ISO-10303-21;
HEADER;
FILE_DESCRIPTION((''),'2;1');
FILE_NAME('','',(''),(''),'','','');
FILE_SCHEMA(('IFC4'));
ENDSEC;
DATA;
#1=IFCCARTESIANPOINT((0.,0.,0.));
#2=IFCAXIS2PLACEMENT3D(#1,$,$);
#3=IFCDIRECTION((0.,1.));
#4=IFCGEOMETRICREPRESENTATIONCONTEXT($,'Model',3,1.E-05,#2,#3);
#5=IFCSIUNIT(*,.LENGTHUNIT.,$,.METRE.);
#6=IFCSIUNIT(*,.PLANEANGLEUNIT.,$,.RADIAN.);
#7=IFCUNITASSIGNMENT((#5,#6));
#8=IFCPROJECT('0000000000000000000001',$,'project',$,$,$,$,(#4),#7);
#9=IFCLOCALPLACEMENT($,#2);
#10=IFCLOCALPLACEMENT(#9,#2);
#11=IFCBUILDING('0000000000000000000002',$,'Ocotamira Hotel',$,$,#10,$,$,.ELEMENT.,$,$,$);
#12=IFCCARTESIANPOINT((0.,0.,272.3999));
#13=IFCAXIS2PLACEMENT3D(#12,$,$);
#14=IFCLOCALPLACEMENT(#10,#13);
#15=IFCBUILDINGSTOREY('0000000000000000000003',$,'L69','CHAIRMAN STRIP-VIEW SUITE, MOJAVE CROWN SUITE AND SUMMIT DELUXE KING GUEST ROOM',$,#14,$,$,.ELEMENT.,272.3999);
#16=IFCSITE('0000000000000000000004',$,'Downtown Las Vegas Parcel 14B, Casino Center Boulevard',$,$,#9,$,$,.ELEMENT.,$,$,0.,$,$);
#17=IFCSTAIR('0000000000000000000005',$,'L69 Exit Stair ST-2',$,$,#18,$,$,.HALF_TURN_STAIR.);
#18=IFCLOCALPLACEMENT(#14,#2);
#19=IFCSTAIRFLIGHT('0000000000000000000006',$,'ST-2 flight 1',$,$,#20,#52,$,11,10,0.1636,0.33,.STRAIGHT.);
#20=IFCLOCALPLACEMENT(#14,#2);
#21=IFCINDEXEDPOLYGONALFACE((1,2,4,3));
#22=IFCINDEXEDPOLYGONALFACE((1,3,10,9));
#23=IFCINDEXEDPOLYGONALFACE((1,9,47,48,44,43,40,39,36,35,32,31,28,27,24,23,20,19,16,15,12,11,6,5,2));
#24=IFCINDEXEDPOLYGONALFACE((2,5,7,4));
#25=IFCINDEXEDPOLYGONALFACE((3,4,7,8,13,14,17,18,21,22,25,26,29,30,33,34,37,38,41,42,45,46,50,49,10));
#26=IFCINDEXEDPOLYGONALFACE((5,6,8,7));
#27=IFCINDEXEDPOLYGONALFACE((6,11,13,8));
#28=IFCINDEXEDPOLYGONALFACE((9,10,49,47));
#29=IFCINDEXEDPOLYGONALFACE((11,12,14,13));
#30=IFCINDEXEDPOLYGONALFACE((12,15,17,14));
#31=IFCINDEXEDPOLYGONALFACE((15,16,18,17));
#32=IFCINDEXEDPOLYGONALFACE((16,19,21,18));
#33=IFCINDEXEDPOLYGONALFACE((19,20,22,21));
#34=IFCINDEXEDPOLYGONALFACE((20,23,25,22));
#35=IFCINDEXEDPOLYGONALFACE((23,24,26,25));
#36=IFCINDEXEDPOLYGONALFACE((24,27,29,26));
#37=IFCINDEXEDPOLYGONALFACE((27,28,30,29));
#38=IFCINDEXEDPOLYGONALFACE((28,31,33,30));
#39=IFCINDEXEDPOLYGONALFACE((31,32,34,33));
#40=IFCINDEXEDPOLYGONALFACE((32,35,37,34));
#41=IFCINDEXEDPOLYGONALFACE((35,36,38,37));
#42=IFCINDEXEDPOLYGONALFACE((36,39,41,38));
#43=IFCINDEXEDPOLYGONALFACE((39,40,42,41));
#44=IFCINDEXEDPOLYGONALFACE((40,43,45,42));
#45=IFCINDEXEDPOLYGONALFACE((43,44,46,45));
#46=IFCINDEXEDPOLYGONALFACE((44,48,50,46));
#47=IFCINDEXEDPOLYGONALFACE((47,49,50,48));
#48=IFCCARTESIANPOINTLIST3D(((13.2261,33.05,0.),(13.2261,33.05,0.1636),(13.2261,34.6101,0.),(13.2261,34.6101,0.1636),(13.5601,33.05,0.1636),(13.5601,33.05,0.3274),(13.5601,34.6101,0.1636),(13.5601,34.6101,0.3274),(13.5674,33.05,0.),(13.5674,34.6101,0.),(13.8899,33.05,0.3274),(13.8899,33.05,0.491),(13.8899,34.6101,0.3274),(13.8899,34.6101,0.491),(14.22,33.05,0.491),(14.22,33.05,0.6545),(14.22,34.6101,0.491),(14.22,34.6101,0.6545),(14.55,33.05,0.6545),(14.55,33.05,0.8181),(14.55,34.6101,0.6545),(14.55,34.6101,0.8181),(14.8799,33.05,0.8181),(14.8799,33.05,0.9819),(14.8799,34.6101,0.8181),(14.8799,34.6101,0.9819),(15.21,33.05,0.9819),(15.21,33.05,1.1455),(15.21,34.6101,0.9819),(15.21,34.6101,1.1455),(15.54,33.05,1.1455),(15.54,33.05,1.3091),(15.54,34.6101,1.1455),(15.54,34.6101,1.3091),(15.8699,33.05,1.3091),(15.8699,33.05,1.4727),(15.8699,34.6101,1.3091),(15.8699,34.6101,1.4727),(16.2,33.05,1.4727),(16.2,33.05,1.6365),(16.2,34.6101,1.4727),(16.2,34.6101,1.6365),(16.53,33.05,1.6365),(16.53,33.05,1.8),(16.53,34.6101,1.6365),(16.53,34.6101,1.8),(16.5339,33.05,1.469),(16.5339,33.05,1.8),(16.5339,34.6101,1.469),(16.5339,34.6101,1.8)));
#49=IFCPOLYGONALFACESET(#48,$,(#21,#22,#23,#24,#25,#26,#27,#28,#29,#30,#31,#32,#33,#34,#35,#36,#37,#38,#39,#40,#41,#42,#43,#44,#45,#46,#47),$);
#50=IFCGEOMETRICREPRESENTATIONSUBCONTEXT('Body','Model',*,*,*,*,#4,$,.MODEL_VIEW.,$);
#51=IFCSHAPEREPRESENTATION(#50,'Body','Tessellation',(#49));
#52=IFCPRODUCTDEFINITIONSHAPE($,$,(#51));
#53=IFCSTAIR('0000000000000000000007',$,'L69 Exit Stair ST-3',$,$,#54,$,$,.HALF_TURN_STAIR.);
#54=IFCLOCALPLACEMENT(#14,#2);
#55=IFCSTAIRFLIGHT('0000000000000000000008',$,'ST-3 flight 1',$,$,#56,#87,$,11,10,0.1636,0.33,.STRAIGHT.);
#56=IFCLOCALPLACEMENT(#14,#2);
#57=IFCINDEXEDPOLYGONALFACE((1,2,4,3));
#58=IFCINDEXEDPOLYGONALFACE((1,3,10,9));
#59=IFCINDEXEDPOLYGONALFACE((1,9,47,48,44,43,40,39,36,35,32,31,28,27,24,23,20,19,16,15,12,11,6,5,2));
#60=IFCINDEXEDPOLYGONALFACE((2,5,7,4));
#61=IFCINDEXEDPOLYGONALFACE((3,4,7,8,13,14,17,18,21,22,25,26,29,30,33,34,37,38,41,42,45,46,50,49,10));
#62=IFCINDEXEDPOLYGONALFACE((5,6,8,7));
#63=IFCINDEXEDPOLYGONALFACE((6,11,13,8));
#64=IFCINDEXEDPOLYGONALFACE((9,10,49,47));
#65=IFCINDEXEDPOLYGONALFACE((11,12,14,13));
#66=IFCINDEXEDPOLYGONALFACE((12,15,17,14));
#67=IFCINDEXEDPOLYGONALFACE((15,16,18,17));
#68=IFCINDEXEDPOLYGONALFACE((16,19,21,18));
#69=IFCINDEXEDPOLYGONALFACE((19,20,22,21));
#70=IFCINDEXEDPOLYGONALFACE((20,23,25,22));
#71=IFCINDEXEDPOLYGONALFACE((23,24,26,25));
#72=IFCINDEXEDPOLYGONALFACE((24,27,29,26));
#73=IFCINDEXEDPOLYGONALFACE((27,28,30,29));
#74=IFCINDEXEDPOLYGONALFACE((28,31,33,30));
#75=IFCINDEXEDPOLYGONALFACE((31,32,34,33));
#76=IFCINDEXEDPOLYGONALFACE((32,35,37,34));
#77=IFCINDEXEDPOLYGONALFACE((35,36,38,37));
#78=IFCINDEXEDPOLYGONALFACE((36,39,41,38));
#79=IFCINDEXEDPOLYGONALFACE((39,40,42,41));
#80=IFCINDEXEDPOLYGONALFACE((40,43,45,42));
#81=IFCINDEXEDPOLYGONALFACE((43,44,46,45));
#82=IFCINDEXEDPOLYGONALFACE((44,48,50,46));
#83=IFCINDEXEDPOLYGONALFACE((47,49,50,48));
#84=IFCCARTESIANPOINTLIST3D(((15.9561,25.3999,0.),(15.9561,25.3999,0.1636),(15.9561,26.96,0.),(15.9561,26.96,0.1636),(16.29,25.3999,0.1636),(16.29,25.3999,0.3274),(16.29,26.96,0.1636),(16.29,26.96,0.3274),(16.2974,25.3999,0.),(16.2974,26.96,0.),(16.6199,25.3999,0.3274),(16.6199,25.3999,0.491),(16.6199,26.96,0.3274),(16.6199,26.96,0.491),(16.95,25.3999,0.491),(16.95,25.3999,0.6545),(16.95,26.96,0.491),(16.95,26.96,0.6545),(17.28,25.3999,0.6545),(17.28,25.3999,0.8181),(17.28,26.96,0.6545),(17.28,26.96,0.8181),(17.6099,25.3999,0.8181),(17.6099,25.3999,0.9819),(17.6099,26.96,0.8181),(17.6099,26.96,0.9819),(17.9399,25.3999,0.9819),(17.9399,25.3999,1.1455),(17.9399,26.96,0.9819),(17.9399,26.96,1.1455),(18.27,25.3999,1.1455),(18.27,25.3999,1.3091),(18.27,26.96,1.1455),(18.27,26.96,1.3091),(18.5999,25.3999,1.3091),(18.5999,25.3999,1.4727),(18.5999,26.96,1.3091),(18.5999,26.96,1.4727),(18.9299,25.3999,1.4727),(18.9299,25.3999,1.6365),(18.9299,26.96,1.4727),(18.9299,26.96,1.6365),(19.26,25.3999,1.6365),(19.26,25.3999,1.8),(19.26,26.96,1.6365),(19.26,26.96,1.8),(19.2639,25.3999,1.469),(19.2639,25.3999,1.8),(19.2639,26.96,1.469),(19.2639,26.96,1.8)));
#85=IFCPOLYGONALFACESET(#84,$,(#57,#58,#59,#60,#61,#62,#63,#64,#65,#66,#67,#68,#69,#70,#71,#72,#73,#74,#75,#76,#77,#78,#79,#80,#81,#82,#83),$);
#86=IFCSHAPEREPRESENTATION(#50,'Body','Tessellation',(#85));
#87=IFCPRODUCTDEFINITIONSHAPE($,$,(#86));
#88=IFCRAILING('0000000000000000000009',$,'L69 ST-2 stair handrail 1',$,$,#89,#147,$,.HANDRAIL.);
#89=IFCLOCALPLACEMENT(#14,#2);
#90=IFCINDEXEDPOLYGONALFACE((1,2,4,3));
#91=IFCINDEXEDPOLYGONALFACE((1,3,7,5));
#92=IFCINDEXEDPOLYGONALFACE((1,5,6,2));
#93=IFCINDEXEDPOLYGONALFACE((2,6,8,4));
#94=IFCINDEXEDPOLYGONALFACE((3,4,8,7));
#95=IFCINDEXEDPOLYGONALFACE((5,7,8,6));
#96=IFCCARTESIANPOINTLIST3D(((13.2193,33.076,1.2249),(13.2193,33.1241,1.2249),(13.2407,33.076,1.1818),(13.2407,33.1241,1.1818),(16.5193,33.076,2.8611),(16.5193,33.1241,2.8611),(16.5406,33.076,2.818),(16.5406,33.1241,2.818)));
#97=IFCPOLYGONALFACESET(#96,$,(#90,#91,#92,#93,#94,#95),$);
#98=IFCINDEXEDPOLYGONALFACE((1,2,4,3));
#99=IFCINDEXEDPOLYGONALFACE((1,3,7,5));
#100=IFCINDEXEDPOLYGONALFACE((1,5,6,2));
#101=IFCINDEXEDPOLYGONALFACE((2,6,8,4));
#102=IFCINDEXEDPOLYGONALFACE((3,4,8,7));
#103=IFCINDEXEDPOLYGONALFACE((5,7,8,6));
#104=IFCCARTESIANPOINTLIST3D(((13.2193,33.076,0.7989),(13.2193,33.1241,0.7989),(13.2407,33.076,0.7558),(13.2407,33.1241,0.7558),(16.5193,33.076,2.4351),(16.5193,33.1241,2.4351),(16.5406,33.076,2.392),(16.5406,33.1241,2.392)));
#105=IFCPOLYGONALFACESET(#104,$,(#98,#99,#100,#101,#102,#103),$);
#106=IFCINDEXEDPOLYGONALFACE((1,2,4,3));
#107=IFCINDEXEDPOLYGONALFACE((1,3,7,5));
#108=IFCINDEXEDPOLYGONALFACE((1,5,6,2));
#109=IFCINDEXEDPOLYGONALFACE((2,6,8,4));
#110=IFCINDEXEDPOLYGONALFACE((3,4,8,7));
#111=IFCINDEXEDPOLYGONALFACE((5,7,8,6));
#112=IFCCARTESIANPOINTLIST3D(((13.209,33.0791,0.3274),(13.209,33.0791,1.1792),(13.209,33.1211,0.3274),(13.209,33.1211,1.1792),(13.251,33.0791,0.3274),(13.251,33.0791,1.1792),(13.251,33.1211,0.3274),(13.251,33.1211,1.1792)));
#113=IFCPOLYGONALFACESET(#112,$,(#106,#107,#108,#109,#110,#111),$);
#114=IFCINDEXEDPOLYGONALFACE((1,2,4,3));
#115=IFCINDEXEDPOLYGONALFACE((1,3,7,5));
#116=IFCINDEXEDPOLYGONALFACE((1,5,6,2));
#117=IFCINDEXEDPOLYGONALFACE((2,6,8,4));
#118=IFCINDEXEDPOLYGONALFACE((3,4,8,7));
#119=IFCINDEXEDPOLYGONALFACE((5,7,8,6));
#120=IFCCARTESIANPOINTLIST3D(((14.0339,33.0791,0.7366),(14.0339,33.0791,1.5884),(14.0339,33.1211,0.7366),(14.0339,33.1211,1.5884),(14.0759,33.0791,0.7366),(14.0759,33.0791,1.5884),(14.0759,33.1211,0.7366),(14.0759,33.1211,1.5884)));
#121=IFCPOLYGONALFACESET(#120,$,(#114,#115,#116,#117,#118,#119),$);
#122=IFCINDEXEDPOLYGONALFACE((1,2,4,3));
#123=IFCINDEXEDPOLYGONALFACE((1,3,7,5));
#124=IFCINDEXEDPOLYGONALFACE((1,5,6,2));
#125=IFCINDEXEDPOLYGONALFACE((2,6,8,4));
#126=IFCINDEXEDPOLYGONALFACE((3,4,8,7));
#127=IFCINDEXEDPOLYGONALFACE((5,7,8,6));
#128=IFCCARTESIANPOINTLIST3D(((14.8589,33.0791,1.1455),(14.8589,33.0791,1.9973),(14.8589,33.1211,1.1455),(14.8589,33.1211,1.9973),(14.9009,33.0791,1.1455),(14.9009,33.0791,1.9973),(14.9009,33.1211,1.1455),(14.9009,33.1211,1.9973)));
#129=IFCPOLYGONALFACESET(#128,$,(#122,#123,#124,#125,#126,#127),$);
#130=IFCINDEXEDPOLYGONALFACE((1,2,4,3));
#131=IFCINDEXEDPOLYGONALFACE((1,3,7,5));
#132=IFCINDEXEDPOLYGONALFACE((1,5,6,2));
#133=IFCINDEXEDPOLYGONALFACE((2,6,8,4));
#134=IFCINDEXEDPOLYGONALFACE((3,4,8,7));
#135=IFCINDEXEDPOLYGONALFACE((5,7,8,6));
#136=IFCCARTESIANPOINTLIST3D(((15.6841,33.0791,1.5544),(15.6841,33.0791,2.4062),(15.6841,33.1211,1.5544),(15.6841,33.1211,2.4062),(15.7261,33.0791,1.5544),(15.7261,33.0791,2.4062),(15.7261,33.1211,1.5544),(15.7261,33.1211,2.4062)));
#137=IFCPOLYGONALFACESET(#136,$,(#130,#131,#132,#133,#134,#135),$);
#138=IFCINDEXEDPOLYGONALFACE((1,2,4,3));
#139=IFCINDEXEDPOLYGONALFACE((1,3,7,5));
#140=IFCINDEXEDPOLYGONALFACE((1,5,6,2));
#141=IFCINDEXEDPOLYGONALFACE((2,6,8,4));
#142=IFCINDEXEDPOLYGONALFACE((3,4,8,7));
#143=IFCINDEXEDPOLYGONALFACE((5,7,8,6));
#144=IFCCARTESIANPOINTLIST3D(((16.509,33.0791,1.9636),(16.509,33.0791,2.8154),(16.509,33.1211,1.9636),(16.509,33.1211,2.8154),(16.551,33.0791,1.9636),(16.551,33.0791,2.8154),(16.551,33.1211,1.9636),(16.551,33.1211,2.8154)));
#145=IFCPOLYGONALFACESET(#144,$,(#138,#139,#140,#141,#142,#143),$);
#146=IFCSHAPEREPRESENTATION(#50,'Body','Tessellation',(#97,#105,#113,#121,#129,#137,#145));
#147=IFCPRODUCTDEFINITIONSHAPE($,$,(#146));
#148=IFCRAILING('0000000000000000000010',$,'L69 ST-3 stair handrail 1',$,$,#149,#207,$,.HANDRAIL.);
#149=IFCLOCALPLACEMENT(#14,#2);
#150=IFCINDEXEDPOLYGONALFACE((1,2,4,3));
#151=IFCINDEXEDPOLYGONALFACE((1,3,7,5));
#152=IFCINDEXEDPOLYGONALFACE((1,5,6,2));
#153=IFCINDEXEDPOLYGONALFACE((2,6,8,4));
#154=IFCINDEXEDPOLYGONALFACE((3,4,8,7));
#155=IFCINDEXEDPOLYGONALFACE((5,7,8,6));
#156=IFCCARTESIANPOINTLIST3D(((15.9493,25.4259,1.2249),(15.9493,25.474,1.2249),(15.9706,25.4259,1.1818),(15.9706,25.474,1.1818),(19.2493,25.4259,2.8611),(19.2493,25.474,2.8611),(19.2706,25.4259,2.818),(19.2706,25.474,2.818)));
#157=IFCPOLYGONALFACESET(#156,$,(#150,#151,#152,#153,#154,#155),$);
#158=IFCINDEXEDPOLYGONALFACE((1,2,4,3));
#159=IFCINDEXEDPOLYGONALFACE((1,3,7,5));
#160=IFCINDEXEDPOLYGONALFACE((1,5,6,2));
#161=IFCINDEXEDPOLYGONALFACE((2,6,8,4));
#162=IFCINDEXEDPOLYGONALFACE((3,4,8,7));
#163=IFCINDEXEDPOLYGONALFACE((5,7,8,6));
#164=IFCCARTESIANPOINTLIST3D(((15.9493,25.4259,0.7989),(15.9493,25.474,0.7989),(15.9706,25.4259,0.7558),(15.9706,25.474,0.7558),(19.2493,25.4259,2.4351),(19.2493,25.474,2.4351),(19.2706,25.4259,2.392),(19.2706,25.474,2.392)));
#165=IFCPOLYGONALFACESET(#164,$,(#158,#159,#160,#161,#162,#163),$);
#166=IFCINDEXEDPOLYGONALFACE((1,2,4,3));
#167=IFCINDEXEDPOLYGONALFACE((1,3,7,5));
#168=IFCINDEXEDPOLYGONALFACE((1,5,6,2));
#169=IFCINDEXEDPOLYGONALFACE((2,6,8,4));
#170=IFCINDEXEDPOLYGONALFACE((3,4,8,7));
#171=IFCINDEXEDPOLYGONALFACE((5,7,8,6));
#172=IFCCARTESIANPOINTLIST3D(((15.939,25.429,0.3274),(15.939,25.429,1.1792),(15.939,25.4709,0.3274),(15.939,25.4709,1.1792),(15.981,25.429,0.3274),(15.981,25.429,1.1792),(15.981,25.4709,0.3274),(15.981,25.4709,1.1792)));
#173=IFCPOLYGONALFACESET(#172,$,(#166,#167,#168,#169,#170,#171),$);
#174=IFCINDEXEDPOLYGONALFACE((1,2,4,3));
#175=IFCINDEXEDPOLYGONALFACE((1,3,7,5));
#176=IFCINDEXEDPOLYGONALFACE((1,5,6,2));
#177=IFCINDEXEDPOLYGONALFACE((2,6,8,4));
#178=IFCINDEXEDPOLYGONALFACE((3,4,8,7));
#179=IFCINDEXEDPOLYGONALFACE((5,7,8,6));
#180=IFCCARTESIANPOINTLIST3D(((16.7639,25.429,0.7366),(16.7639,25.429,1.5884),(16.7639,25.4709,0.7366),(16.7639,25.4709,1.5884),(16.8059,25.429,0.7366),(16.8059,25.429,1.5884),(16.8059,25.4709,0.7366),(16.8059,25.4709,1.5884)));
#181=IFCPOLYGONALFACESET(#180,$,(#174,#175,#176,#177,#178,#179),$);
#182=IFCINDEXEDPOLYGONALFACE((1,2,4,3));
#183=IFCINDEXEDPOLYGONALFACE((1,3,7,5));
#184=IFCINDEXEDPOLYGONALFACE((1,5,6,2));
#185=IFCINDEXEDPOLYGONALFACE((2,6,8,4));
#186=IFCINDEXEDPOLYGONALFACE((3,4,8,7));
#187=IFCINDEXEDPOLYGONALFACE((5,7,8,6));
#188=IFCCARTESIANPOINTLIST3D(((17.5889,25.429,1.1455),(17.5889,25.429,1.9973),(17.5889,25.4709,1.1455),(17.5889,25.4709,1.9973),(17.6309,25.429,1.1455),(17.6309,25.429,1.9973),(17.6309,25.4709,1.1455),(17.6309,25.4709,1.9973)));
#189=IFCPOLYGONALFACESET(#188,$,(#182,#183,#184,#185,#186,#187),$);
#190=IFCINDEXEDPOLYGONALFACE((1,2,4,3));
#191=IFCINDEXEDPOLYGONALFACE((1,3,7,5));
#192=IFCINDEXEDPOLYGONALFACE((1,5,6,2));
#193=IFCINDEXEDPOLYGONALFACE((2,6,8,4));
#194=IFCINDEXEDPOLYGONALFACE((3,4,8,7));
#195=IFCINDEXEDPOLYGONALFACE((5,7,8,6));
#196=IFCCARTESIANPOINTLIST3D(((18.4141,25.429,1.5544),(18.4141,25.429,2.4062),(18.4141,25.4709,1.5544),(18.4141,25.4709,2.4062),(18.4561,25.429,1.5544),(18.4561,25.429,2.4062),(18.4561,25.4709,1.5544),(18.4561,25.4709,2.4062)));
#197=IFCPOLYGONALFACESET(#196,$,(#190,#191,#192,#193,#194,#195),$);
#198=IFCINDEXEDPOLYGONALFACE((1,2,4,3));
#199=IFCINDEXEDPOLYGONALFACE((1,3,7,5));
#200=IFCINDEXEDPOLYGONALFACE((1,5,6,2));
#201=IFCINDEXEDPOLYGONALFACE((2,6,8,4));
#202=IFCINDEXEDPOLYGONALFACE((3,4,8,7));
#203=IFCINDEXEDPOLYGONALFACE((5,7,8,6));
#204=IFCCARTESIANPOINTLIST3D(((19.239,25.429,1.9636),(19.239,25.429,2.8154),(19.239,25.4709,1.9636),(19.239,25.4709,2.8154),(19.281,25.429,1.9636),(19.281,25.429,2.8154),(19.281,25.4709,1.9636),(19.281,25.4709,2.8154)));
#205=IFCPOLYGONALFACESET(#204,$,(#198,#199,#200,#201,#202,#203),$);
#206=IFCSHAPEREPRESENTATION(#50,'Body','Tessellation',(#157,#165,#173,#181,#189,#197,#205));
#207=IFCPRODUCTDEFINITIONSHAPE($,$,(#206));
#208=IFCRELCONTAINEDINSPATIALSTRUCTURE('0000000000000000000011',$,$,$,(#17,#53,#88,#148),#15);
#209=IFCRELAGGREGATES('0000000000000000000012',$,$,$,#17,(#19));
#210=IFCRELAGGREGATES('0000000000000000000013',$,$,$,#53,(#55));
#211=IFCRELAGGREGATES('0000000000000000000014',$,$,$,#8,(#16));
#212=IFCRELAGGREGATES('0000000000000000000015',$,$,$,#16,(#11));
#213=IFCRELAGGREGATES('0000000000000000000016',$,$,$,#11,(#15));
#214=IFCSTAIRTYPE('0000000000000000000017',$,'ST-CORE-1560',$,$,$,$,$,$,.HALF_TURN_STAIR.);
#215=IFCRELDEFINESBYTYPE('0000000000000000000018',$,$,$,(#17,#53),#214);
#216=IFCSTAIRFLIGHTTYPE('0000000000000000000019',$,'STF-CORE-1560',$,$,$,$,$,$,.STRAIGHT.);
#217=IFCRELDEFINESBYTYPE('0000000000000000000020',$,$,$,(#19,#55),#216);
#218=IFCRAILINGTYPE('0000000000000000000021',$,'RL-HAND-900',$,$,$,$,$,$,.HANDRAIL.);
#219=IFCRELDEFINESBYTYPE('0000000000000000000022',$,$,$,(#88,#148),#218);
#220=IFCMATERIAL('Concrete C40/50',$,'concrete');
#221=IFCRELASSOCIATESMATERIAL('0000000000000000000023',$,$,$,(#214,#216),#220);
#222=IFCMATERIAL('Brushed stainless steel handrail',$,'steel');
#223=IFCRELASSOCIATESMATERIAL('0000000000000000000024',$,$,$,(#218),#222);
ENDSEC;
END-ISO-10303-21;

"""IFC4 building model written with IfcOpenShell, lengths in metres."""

from ifc_helpers import new_model, si_unit, direction, frame, origin, origin_2d, place, context, subcontext, project, spatial, polyline, rectangle, outline, extrude, source, transform, mapped, material, type_object, element, aggregate, save


model = new_model("IFC4")

# Units and contexts
model_context = context("Model", 3, precision=1e-05, world=origin(), true_north=direction((0.0, 1.0)))
body_context = subcontext(model_context, "Body", "Model", "MODEL_VIEW")
ifc_project = project(units=[si_unit("LENGTHUNIT", "METRE"), si_unit("PLANEANGLEUNIT", "RADIAN")], contexts=[model_context])

# Site, building, storey
site_placement = place(None, origin())
site = spatial("IfcSite", under=ifc_project, at=site_placement, Name="Downtown Las Vegas Parcel 14B, Casino Center Boulevard", CompositionType="ELEMENT", RefElevation=0.0)
building_placement = place(site_placement, origin())
building = spatial("IfcBuilding", under=site, at=building_placement, Name="Ocotamira Hotel", CompositionType="ELEMENT")
storey_placement = place(building_placement, frame((0.0, 0.0, 272.3999)))
storey = spatial("IfcBuildingStorey", under=building, at=storey_placement, Name="L69", Description="CHAIRMAN STRIP-VIEW SUITE, MOJAVE CROWN SUITE AND SUMMIT DELUXE KING GUEST ROOM", CompositionType="ELEMENT", Elevation=272.3999)

# Stairs, stair flights
ifc_material_1 = material(Name="Concrete C40/50", Category="concrete")
stair_type = type_object("IfcStairType", Name="ST-CORE-1560", PredefinedType="HALF_TURN_STAIR", material=ifc_material_1)
stair_1_placement = place(storey_placement, origin())
stair_1 = element("IfcStair", 1, at=stair_1_placement, inside=storey, type_object=stair_type, Name="L69 Exit Stair ST-2", PredefinedType="HALF_TURN_STAIR")
stair_flight_type = type_object("IfcStairFlightType", Name="STF-CORE-1560", PredefinedType="STRAIGHT", material=ifc_material_1)
shared_shape_1 = source(origin(), body_context, "Body", "SweptSolid", [
    extrude(outline(polyline([(-0.0039, 0.0), (-0.0039, 0.1636), (0.3301, 0.1636), (0.3301, 0.3274), (0.6599, 0.3274), (0.6599, 0.491), (0.99, 0.491), (0.99, 0.6545), (1.3201, 0.6545), (1.3201, 0.8181), (1.6499, 0.8181), (1.6499, 0.9819), (1.98, 0.9819), (1.98, 1.1455), (2.3101, 1.1455), (2.3101, 1.3091), (2.6399, 1.3091), (2.6399, 1.4727), (2.97, 1.4727), (2.97, 1.6365), (3.3, 1.6365), (3.3, 1.8), (3.304, 1.8), (3.304, 1.469), (0.3374, 0.0), (-0.0039, 0.0)])), frame((0.0, 0.78, 0.0), z_axis=(0.0, -1.0, 0.0), x_axis=(1.0, 0.0, 0.0)), (0.0, 0.0, 1.0), 1.5601),
])
stair_flight_1_placement = place(storey_placement, frame((13.23, 33.8301, 0.0), z_axis=(0.0, 0.0, 1.0), x_axis=(1.0, 0.0, 0.0)))
stair_flight_1 = element("IfcStairFlight", 2, at=stair_flight_1_placement, type_object=stair_flight_type, Name="ST-2 flight 1", NumberOfRisers=11, NumberOfTreads=10, PredefinedType="STRAIGHT", RiserHeight=0.1636, TreadLength=0.33, context=body_context, shape_type="MappedRepresentation", body=[
    mapped(shared_shape_1, transform((0.0, 0.0, 0.0), scale=1.0)),
])
aggregate(stair_1, [stair_flight_1])
stair_2_placement = place(storey_placement, origin())
stair_2 = element("IfcStair", 3, at=stair_2_placement, inside=storey, type_object=stair_type, Name="L69 Exit Stair ST-3", PredefinedType="HALF_TURN_STAIR")
stair_flight_2_placement = place(storey_placement, frame((15.96, 26.1799, 0.0), z_axis=(0.0, 0.0, 1.0), x_axis=(1.0, 0.0, 0.0)))
stair_flight_2 = element("IfcStairFlight", 4, at=stair_flight_2_placement, type_object=stair_flight_type, Name="ST-3 flight 1", NumberOfRisers=11, NumberOfTreads=10, PredefinedType="STRAIGHT", RiserHeight=0.1636, TreadLength=0.33, context=body_context, shape_type="MappedRepresentation", body=[
    mapped(shared_shape_1, transform((0.0, 0.0, 0.0), scale=1.0)),
])
aggregate(stair_2, [stair_flight_2])

# Railings
ifc_material_2 = material(Name="Brushed stainless steel handrail", Category="steel")
railing_type_1 = type_object("IfcRailingType", Name="RL-HAND-900", PredefinedType="HANDRAIL", material=ifc_material_2)
for number, where, name in (
    (5, (13.23, 33.1001, 0.3274), "L69 ST-2 stair handrail 1"),
    (6, (15.96, 25.45, 0.3274), "L69 ST-3 stair handrail 1"),
):
    element("IfcRailing", number, at=place(storey_placement, frame(where)), inside=storey, type_object=railing_type_1, Name=name, PredefinedType="HANDRAIL", context=body_context, shape_type="SweptSolid", body=[
        extrude(rectangle(XDim=0.0481, YDim=0.0481, at=origin_2d()), frame((0.0, 0.0, 0.876), z_axis=(0.89592, 0.0, 0.444215), x_axis=(0.0, 1.0, 0.0)), (0.0, 0.0, 1.0), 3.6833),
        extrude(rectangle(XDim=0.0481, YDim=0.0481, at=origin_2d()), frame((0.0, 0.0, 0.45), z_axis=(0.89592, 0.0, 0.444215), x_axis=(0.0, 1.0, 0.0)), (0.0, 0.0, 1.0), 3.6833),
        extrude(rectangle(XDim=0.042, YDim=0.042, at=origin_2d()), origin(), (0.0, 0.0, 1.0), 0.8518),
        extrude(rectangle(XDim=0.042, YDim=0.042, at=origin_2d()), frame((0.825, 0.0, 0.4092)), (0.0, 0.0, 1.0), 0.8518),
        extrude(rectangle(XDim=0.042, YDim=0.042, at=origin_2d()), frame((1.6499, 0.0, 0.8181)), (0.0, 0.0, 1.0), 0.8518),
        extrude(rectangle(XDim=0.042, YDim=0.042, at=origin_2d()), frame((2.4751, 0.0, 1.2271)), (0.0, 0.0, 1.0), 0.8518),
        extrude(rectangle(XDim=0.042, YDim=0.042, at=origin_2d()), frame((3.3, 0.0, 1.6362)), (0.0, 0.0, 1.0), 0.8518),
    ])

save(model, "model.ifc")
